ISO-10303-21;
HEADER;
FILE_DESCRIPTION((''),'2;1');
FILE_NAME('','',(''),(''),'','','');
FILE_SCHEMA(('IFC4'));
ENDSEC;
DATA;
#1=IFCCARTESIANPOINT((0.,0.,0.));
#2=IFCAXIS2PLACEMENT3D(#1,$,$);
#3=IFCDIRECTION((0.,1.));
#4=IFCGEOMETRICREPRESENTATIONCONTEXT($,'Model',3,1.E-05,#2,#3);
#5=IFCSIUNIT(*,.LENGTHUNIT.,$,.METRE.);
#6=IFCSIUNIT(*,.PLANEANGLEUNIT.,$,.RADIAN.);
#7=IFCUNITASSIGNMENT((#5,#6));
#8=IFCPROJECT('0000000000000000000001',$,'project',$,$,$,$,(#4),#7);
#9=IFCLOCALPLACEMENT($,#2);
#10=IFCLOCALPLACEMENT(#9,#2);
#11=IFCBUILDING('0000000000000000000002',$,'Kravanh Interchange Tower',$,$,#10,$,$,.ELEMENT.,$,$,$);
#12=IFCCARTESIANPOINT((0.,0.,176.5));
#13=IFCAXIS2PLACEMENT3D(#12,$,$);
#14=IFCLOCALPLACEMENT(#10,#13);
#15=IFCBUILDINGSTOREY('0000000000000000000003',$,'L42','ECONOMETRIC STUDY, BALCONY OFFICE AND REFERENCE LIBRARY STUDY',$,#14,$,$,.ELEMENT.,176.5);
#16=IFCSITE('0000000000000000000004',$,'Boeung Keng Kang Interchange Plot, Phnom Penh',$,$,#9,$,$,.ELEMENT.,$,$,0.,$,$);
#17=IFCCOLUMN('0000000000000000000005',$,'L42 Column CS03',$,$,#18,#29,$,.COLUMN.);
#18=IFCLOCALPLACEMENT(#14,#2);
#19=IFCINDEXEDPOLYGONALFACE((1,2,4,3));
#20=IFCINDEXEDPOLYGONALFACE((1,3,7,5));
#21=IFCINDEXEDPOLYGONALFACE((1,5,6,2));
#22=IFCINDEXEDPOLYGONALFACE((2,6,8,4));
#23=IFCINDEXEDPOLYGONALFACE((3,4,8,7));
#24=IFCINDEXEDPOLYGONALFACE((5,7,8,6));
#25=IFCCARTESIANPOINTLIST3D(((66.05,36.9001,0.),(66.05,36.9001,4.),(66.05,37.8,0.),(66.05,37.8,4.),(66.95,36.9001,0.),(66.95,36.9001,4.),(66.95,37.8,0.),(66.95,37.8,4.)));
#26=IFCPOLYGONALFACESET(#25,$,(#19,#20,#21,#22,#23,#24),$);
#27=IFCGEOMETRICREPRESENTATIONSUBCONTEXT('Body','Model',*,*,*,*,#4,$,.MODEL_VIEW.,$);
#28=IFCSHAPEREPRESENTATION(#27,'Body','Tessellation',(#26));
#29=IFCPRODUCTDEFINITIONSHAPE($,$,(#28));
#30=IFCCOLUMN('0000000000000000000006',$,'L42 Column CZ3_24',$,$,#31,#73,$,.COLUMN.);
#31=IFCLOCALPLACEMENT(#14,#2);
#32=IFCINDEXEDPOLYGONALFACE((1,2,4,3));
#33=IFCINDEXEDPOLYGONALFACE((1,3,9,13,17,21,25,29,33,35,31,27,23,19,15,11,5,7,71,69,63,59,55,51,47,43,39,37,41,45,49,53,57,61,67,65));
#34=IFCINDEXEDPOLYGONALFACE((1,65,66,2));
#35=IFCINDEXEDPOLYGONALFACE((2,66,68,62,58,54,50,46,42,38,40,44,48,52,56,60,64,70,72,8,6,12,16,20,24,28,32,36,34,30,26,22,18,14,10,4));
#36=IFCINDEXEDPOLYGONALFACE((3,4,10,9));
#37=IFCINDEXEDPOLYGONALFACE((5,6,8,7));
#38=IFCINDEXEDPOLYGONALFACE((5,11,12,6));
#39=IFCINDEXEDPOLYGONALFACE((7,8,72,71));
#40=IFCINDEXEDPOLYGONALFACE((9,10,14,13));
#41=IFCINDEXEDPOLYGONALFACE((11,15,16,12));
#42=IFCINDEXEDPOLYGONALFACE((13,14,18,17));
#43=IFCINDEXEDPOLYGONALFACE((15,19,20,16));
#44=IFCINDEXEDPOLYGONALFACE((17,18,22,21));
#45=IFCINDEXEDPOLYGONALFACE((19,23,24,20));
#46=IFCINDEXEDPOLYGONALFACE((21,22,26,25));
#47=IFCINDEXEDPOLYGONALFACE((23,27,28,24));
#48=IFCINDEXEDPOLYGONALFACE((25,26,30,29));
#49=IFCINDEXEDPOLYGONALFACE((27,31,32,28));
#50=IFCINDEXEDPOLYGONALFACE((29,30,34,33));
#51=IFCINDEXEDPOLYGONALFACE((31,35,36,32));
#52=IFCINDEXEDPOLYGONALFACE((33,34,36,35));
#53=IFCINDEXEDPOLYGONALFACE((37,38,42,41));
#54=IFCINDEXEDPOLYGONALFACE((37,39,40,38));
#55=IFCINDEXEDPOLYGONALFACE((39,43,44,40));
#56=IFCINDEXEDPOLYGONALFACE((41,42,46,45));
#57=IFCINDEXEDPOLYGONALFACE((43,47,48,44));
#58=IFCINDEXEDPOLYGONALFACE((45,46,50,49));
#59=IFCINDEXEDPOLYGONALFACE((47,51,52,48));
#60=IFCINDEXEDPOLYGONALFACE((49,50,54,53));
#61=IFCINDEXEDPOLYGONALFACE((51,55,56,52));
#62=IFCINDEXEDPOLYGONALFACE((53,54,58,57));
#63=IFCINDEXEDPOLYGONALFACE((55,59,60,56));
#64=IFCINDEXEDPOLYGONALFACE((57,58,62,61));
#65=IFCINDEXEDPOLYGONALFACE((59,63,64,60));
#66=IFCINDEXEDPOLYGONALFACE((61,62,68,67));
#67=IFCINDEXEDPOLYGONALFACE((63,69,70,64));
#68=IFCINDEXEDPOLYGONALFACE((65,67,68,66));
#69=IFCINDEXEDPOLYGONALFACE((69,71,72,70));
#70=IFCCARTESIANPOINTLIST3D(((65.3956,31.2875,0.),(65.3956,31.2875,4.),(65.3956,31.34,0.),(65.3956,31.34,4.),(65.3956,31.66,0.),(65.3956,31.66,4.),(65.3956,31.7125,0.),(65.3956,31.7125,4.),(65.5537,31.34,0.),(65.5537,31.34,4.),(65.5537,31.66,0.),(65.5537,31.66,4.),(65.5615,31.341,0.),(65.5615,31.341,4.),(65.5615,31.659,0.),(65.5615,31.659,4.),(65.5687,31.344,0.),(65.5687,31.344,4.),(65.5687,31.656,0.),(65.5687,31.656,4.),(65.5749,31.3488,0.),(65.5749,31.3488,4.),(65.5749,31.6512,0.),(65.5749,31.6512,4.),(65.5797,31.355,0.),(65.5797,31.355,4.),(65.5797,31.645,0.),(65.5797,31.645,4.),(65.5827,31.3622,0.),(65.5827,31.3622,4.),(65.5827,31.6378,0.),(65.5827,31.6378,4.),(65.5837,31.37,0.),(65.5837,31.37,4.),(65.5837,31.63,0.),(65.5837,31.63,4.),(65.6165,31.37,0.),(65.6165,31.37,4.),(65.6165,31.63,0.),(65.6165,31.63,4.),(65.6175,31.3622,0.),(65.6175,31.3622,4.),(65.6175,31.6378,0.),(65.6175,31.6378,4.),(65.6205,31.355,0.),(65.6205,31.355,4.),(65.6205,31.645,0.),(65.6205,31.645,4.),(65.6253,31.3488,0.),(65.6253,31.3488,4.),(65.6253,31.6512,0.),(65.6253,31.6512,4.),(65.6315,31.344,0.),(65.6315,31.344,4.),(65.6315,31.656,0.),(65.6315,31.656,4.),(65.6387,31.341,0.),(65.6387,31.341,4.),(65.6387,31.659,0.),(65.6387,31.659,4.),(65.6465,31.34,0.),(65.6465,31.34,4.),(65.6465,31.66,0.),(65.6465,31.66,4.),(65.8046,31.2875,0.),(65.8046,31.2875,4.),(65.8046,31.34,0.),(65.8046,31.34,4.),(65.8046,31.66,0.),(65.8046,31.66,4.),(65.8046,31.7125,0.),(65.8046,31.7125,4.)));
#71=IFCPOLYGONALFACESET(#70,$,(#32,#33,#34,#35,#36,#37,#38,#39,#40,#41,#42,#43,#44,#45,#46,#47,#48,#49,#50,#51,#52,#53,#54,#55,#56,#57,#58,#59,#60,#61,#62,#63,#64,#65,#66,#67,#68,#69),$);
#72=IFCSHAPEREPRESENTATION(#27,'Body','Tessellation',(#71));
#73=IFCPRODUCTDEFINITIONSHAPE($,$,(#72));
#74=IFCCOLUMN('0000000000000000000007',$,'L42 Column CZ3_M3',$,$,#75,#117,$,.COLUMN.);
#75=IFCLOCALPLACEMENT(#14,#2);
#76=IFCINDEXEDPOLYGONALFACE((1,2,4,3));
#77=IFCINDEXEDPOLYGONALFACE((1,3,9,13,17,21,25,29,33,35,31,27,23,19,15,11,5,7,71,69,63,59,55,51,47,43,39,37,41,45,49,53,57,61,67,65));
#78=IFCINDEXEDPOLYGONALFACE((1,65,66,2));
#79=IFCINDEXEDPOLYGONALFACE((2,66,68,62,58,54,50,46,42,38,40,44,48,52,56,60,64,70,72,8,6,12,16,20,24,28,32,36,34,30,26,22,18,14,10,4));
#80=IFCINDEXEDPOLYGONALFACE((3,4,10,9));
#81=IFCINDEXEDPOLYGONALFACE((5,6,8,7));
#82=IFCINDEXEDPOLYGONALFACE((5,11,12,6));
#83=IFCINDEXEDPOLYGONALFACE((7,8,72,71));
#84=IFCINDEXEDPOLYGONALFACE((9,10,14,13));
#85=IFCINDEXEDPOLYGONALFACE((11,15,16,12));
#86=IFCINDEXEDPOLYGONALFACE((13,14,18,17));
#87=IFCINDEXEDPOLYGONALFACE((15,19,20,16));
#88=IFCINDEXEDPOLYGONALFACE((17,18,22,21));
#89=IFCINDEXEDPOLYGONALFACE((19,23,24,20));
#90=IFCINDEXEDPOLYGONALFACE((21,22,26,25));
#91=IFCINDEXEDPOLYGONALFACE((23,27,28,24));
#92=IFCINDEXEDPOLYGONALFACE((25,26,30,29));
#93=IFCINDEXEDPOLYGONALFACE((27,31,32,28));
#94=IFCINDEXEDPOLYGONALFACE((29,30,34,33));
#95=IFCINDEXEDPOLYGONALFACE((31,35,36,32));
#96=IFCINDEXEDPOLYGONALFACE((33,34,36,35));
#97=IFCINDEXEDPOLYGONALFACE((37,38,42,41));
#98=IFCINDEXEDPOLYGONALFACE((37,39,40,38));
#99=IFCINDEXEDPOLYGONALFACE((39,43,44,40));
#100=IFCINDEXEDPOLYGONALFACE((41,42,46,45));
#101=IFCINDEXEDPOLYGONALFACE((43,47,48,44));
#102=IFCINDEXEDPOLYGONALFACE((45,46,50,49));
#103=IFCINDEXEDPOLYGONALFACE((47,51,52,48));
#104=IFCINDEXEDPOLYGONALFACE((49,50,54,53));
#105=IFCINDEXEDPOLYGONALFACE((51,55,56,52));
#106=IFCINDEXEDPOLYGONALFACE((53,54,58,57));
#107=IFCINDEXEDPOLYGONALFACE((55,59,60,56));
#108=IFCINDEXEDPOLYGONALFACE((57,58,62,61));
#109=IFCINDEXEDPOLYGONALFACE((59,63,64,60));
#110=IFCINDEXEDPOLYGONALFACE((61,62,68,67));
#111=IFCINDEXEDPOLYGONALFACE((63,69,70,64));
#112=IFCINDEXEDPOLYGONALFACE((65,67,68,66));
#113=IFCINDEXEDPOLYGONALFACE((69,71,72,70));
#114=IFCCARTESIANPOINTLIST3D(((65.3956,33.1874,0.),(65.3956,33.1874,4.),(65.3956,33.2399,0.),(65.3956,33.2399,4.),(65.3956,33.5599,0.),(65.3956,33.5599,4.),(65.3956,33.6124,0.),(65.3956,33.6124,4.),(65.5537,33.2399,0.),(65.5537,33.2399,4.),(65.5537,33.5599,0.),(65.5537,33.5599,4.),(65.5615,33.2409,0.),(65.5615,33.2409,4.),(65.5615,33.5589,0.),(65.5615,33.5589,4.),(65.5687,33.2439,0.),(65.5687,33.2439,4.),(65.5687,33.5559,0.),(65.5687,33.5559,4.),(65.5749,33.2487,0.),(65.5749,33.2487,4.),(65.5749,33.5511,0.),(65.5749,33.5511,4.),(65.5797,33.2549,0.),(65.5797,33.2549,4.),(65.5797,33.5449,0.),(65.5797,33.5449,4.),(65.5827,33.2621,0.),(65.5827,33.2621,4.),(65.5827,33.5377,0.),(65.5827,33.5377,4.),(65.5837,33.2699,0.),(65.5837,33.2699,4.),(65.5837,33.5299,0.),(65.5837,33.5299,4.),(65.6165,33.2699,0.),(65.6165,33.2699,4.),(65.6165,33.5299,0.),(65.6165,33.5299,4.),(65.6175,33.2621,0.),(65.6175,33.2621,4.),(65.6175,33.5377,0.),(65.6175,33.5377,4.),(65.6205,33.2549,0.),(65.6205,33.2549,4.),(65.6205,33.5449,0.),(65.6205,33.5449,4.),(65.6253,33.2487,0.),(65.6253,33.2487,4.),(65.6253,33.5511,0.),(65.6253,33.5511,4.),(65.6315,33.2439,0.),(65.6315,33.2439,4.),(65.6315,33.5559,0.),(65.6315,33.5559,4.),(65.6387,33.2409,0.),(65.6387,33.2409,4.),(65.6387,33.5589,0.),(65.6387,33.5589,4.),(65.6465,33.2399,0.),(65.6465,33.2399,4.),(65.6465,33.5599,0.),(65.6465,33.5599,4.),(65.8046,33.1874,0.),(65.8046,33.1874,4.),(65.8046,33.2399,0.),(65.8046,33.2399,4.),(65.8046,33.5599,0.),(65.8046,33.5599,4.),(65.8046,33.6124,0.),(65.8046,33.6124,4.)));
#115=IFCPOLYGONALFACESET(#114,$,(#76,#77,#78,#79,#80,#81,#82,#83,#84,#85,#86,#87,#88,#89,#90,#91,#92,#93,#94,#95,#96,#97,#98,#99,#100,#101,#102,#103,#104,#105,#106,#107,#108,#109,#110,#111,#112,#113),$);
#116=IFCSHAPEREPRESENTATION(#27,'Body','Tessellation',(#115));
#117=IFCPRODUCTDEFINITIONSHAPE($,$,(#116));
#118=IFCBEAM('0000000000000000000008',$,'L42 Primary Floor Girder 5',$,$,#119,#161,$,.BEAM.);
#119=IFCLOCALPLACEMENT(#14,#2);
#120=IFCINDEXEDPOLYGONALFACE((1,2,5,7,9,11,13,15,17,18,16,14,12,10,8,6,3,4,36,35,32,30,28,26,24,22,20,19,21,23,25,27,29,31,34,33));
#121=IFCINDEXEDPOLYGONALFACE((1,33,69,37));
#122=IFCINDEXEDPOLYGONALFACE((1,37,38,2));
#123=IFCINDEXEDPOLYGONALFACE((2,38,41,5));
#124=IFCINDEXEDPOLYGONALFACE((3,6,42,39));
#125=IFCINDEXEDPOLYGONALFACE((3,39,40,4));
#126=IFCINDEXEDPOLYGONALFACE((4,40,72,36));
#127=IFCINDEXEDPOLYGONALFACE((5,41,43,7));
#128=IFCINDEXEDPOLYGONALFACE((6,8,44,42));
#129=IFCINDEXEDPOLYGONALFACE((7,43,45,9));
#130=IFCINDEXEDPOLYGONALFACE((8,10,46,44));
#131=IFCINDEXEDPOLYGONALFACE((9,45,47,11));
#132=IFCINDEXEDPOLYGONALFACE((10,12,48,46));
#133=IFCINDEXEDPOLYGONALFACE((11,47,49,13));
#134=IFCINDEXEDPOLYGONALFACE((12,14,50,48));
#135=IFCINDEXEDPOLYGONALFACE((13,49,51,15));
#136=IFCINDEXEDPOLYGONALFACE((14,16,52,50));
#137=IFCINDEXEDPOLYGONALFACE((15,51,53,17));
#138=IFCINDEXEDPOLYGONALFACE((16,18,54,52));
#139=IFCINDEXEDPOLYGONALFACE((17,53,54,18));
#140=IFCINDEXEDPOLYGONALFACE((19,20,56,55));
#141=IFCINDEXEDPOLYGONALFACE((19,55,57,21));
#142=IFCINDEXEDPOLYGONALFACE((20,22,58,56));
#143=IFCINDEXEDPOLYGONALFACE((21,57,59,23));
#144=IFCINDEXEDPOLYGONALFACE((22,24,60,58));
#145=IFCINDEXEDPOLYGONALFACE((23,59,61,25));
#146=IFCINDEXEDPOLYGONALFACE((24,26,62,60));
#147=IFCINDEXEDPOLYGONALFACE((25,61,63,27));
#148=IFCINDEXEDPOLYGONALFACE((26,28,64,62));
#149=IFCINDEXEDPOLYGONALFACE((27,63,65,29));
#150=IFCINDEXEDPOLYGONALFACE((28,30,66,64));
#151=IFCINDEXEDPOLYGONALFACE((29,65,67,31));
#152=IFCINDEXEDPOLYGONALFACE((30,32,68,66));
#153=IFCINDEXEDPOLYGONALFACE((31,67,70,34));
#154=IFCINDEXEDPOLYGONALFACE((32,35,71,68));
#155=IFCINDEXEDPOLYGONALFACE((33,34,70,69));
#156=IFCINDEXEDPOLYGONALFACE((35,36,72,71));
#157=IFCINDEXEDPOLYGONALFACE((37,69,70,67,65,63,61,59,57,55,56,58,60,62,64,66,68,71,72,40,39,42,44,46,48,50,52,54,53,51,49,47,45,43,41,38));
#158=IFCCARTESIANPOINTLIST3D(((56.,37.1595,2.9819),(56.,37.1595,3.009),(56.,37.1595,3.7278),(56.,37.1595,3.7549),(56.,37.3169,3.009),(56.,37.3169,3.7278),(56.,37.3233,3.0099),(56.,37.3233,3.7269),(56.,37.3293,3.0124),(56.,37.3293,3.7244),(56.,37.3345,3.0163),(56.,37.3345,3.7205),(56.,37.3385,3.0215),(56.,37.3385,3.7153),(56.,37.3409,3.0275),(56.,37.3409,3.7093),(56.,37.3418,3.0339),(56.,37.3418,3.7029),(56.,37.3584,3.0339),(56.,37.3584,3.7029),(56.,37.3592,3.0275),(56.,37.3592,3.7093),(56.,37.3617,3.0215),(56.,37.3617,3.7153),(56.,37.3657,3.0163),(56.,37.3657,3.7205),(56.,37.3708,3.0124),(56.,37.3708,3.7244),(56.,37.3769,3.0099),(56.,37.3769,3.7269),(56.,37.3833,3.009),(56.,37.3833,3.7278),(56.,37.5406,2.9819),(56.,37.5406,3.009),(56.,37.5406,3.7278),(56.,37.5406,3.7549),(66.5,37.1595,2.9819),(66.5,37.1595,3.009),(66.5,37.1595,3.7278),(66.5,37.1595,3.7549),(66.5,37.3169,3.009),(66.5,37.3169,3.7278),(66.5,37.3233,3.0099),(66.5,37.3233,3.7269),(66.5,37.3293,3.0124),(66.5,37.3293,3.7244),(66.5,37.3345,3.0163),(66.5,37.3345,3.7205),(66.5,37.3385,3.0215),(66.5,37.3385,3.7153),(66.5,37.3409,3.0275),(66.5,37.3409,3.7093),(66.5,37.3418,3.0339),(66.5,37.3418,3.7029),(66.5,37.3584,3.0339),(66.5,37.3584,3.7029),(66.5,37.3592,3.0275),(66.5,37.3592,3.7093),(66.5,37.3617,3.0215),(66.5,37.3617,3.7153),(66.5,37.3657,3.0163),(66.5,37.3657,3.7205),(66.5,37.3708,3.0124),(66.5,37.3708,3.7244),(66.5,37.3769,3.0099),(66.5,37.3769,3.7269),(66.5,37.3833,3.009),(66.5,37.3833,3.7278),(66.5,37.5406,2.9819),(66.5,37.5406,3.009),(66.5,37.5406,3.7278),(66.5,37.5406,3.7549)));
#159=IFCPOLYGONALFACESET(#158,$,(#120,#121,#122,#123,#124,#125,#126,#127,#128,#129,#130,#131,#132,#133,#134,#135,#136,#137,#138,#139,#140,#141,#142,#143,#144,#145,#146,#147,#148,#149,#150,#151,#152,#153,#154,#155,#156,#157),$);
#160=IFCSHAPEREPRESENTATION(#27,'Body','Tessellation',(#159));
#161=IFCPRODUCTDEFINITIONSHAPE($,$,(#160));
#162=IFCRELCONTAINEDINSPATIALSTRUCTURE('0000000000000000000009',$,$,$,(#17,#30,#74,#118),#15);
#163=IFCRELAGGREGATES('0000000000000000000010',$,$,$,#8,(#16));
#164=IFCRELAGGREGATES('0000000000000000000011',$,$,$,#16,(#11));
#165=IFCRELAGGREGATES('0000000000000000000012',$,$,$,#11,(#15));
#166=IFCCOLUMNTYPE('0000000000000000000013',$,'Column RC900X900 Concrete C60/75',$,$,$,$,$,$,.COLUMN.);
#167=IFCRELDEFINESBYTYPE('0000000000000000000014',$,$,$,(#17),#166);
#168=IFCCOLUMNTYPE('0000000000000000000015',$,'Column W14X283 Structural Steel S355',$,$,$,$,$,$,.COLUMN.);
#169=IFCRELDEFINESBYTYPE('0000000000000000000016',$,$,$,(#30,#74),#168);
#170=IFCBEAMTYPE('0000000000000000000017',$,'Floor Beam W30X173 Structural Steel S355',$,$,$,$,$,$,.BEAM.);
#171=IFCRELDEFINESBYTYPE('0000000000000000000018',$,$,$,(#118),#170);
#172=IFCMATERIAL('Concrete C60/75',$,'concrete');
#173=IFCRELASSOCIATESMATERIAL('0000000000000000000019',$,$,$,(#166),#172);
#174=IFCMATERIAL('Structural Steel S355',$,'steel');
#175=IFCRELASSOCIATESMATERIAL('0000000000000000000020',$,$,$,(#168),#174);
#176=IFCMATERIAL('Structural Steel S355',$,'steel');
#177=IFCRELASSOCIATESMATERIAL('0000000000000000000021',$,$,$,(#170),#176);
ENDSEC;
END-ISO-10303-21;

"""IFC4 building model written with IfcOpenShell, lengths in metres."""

from ifc_helpers import new_model, si_unit, direction, frame, origin, origin_2d, place, context, subcontext, project, spatial, rectangle, i_section, extrude, material, material_profile, profile_set, type_object, element, save


model = new_model("IFC4")

# Units and contexts
model_context = context("Model", 3, precision=1e-05, world=origin(), true_north=direction((0.0, 1.0)))
body_context = subcontext(model_context, "Body", "Model", "MODEL_VIEW")
ifc_project = project(units=[si_unit("LENGTHUNIT", "METRE"), si_unit("PLANEANGLEUNIT", "RADIAN")], contexts=[model_context])

# Site, building, storey
site_placement = place(None, origin())
site = spatial("IfcSite", under=ifc_project, at=site_placement, Name="Boeung Keng Kang Interchange Plot, Phnom Penh", CompositionType="ELEMENT", RefElevation=0.0)
building_placement = place(site_placement, origin())
building = spatial("IfcBuilding", under=site, at=building_placement, Name="Kravanh Interchange Tower", CompositionType="ELEMENT")
storey_placement = place(building_placement, frame((0.0, 0.0, 176.5)))
storey = spatial("IfcBuildingStorey", under=building, at=storey_placement, Name="L42", Description="ECONOMETRIC STUDY, BALCONY OFFICE AND REFERENCE LIBRARY STUDY", CompositionType="ELEMENT", Elevation=176.5)

# Columns
ifc_material_1 = material(Name="Concrete C60/75", Category="concrete")
ifc_material_profile_1 = material_profile(ifc_material_1, rectangle(XDim=0.8999, YDim=0.8999, at=origin_2d()), Name="RC900X900")
ifc_profile_set_1 = profile_set([ifc_material_profile_1], Name="Concrete C60/75")
column_type_1 = type_object("IfcColumnType", Name="Column RC900X900 Concrete C60/75", PredefinedType="COLUMN", material=ifc_profile_set_1)
column_placement = place(storey_placement, frame((66.5, 37.3501, 0.0), z_axis=(0.0, 0.0, 1.0), x_axis=(1.0, 0.0, 0.0)))
element("IfcColumn", 1, at=column_placement, inside=storey, type_object=column_type_1, Name="L42 Column CS03", PredefinedType="COLUMN", context=body_context, shape_type="SweptSolid", body=[
    extrude(rectangle(XDim=0.8999, YDim=0.8999, at=origin_2d()), origin(), (0.0, 0.0, 1.0), 4.0),
])
ifc_material_2 = material(Name="Structural Steel S355", Category="steel")
ifc_material_profile_2 = material_profile(ifc_material_2, i_section(OverallWidth=0.4089, OverallDepth=0.425, WebThickness=0.0327, FlangeThickness=0.0525, FilletRadius=0.03, at=origin_2d()), Name="W14X283")
ifc_profile_set_2 = profile_set([ifc_material_profile_2], Name="Structural Steel S355")
column_type_2 = type_object("IfcColumnType", Name="Column W14X283 Structural Steel S355", PredefinedType="COLUMN", material=ifc_profile_set_2)
for number, where, z_axis, x_axis, name in (
    (2, (65.6001, 31.5, 0.0), (0.0, 0.0, 1.0), (1.0, 0.0, 0.0), "L42 Column CZ3_24"),
    (3, (65.6001, 33.3999, 0.0), (0.0, 0.0, 1.0), (1.0, 0.0, 0.0), "L42 Column CZ3_M3"),
):
    element("IfcColumn", number, at=place(storey_placement, frame(where, z_axis=z_axis, x_axis=x_axis)), inside=storey, type_object=column_type_2, Name=name, PredefinedType="COLUMN", context=body_context, shape_type="SweptSolid", body=[
        extrude(i_section(OverallWidth=0.4089, OverallDepth=0.425, WebThickness=0.0327, FlangeThickness=0.0525, FilletRadius=0.03, at=origin_2d()), origin(), (0.0, 0.0, 1.0), 4.0),
    ])

# Beam
ifc_material_3 = material(Name="Structural Steel S355", Category="steel")
ifc_material_profile_3 = material_profile(ifc_material_3, i_section(OverallWidth=0.3811, OverallDepth=0.7729, WebThickness=0.0166, FlangeThickness=0.0271, FilletRadius=0.0249, at=origin_2d()), Name="W30X173")
ifc_profile_set_3 = profile_set([ifc_material_profile_3], Name="Structural Steel S355")
beam_type_1 = type_object("IfcBeamType", Name="Floor Beam W30X173 Structural Steel S355", PredefinedType="BEAM", material=ifc_profile_set_3)
beam_1_placement = place(storey_placement, frame((66.5, 37.3501, 3.3684), z_axis=(-1.0, 0.0, 0.0), x_axis=(0.0, -1.0, 0.0)))
element("IfcBeam", 4, at=beam_1_placement, inside=storey, type_object=beam_type_1, Name="L42 Primary Floor Girder 5", PredefinedType="BEAM", context=body_context, shape_type="SweptSolid", body=[
    extrude(i_section(OverallWidth=0.3811, OverallDepth=0.7729, WebThickness=0.0166, FlangeThickness=0.0271, FilletRadius=0.0249, at=origin_2d()), origin(), (0.0, 0.0, 1.0), 10.5),
])

save(model, "model.ifc")
